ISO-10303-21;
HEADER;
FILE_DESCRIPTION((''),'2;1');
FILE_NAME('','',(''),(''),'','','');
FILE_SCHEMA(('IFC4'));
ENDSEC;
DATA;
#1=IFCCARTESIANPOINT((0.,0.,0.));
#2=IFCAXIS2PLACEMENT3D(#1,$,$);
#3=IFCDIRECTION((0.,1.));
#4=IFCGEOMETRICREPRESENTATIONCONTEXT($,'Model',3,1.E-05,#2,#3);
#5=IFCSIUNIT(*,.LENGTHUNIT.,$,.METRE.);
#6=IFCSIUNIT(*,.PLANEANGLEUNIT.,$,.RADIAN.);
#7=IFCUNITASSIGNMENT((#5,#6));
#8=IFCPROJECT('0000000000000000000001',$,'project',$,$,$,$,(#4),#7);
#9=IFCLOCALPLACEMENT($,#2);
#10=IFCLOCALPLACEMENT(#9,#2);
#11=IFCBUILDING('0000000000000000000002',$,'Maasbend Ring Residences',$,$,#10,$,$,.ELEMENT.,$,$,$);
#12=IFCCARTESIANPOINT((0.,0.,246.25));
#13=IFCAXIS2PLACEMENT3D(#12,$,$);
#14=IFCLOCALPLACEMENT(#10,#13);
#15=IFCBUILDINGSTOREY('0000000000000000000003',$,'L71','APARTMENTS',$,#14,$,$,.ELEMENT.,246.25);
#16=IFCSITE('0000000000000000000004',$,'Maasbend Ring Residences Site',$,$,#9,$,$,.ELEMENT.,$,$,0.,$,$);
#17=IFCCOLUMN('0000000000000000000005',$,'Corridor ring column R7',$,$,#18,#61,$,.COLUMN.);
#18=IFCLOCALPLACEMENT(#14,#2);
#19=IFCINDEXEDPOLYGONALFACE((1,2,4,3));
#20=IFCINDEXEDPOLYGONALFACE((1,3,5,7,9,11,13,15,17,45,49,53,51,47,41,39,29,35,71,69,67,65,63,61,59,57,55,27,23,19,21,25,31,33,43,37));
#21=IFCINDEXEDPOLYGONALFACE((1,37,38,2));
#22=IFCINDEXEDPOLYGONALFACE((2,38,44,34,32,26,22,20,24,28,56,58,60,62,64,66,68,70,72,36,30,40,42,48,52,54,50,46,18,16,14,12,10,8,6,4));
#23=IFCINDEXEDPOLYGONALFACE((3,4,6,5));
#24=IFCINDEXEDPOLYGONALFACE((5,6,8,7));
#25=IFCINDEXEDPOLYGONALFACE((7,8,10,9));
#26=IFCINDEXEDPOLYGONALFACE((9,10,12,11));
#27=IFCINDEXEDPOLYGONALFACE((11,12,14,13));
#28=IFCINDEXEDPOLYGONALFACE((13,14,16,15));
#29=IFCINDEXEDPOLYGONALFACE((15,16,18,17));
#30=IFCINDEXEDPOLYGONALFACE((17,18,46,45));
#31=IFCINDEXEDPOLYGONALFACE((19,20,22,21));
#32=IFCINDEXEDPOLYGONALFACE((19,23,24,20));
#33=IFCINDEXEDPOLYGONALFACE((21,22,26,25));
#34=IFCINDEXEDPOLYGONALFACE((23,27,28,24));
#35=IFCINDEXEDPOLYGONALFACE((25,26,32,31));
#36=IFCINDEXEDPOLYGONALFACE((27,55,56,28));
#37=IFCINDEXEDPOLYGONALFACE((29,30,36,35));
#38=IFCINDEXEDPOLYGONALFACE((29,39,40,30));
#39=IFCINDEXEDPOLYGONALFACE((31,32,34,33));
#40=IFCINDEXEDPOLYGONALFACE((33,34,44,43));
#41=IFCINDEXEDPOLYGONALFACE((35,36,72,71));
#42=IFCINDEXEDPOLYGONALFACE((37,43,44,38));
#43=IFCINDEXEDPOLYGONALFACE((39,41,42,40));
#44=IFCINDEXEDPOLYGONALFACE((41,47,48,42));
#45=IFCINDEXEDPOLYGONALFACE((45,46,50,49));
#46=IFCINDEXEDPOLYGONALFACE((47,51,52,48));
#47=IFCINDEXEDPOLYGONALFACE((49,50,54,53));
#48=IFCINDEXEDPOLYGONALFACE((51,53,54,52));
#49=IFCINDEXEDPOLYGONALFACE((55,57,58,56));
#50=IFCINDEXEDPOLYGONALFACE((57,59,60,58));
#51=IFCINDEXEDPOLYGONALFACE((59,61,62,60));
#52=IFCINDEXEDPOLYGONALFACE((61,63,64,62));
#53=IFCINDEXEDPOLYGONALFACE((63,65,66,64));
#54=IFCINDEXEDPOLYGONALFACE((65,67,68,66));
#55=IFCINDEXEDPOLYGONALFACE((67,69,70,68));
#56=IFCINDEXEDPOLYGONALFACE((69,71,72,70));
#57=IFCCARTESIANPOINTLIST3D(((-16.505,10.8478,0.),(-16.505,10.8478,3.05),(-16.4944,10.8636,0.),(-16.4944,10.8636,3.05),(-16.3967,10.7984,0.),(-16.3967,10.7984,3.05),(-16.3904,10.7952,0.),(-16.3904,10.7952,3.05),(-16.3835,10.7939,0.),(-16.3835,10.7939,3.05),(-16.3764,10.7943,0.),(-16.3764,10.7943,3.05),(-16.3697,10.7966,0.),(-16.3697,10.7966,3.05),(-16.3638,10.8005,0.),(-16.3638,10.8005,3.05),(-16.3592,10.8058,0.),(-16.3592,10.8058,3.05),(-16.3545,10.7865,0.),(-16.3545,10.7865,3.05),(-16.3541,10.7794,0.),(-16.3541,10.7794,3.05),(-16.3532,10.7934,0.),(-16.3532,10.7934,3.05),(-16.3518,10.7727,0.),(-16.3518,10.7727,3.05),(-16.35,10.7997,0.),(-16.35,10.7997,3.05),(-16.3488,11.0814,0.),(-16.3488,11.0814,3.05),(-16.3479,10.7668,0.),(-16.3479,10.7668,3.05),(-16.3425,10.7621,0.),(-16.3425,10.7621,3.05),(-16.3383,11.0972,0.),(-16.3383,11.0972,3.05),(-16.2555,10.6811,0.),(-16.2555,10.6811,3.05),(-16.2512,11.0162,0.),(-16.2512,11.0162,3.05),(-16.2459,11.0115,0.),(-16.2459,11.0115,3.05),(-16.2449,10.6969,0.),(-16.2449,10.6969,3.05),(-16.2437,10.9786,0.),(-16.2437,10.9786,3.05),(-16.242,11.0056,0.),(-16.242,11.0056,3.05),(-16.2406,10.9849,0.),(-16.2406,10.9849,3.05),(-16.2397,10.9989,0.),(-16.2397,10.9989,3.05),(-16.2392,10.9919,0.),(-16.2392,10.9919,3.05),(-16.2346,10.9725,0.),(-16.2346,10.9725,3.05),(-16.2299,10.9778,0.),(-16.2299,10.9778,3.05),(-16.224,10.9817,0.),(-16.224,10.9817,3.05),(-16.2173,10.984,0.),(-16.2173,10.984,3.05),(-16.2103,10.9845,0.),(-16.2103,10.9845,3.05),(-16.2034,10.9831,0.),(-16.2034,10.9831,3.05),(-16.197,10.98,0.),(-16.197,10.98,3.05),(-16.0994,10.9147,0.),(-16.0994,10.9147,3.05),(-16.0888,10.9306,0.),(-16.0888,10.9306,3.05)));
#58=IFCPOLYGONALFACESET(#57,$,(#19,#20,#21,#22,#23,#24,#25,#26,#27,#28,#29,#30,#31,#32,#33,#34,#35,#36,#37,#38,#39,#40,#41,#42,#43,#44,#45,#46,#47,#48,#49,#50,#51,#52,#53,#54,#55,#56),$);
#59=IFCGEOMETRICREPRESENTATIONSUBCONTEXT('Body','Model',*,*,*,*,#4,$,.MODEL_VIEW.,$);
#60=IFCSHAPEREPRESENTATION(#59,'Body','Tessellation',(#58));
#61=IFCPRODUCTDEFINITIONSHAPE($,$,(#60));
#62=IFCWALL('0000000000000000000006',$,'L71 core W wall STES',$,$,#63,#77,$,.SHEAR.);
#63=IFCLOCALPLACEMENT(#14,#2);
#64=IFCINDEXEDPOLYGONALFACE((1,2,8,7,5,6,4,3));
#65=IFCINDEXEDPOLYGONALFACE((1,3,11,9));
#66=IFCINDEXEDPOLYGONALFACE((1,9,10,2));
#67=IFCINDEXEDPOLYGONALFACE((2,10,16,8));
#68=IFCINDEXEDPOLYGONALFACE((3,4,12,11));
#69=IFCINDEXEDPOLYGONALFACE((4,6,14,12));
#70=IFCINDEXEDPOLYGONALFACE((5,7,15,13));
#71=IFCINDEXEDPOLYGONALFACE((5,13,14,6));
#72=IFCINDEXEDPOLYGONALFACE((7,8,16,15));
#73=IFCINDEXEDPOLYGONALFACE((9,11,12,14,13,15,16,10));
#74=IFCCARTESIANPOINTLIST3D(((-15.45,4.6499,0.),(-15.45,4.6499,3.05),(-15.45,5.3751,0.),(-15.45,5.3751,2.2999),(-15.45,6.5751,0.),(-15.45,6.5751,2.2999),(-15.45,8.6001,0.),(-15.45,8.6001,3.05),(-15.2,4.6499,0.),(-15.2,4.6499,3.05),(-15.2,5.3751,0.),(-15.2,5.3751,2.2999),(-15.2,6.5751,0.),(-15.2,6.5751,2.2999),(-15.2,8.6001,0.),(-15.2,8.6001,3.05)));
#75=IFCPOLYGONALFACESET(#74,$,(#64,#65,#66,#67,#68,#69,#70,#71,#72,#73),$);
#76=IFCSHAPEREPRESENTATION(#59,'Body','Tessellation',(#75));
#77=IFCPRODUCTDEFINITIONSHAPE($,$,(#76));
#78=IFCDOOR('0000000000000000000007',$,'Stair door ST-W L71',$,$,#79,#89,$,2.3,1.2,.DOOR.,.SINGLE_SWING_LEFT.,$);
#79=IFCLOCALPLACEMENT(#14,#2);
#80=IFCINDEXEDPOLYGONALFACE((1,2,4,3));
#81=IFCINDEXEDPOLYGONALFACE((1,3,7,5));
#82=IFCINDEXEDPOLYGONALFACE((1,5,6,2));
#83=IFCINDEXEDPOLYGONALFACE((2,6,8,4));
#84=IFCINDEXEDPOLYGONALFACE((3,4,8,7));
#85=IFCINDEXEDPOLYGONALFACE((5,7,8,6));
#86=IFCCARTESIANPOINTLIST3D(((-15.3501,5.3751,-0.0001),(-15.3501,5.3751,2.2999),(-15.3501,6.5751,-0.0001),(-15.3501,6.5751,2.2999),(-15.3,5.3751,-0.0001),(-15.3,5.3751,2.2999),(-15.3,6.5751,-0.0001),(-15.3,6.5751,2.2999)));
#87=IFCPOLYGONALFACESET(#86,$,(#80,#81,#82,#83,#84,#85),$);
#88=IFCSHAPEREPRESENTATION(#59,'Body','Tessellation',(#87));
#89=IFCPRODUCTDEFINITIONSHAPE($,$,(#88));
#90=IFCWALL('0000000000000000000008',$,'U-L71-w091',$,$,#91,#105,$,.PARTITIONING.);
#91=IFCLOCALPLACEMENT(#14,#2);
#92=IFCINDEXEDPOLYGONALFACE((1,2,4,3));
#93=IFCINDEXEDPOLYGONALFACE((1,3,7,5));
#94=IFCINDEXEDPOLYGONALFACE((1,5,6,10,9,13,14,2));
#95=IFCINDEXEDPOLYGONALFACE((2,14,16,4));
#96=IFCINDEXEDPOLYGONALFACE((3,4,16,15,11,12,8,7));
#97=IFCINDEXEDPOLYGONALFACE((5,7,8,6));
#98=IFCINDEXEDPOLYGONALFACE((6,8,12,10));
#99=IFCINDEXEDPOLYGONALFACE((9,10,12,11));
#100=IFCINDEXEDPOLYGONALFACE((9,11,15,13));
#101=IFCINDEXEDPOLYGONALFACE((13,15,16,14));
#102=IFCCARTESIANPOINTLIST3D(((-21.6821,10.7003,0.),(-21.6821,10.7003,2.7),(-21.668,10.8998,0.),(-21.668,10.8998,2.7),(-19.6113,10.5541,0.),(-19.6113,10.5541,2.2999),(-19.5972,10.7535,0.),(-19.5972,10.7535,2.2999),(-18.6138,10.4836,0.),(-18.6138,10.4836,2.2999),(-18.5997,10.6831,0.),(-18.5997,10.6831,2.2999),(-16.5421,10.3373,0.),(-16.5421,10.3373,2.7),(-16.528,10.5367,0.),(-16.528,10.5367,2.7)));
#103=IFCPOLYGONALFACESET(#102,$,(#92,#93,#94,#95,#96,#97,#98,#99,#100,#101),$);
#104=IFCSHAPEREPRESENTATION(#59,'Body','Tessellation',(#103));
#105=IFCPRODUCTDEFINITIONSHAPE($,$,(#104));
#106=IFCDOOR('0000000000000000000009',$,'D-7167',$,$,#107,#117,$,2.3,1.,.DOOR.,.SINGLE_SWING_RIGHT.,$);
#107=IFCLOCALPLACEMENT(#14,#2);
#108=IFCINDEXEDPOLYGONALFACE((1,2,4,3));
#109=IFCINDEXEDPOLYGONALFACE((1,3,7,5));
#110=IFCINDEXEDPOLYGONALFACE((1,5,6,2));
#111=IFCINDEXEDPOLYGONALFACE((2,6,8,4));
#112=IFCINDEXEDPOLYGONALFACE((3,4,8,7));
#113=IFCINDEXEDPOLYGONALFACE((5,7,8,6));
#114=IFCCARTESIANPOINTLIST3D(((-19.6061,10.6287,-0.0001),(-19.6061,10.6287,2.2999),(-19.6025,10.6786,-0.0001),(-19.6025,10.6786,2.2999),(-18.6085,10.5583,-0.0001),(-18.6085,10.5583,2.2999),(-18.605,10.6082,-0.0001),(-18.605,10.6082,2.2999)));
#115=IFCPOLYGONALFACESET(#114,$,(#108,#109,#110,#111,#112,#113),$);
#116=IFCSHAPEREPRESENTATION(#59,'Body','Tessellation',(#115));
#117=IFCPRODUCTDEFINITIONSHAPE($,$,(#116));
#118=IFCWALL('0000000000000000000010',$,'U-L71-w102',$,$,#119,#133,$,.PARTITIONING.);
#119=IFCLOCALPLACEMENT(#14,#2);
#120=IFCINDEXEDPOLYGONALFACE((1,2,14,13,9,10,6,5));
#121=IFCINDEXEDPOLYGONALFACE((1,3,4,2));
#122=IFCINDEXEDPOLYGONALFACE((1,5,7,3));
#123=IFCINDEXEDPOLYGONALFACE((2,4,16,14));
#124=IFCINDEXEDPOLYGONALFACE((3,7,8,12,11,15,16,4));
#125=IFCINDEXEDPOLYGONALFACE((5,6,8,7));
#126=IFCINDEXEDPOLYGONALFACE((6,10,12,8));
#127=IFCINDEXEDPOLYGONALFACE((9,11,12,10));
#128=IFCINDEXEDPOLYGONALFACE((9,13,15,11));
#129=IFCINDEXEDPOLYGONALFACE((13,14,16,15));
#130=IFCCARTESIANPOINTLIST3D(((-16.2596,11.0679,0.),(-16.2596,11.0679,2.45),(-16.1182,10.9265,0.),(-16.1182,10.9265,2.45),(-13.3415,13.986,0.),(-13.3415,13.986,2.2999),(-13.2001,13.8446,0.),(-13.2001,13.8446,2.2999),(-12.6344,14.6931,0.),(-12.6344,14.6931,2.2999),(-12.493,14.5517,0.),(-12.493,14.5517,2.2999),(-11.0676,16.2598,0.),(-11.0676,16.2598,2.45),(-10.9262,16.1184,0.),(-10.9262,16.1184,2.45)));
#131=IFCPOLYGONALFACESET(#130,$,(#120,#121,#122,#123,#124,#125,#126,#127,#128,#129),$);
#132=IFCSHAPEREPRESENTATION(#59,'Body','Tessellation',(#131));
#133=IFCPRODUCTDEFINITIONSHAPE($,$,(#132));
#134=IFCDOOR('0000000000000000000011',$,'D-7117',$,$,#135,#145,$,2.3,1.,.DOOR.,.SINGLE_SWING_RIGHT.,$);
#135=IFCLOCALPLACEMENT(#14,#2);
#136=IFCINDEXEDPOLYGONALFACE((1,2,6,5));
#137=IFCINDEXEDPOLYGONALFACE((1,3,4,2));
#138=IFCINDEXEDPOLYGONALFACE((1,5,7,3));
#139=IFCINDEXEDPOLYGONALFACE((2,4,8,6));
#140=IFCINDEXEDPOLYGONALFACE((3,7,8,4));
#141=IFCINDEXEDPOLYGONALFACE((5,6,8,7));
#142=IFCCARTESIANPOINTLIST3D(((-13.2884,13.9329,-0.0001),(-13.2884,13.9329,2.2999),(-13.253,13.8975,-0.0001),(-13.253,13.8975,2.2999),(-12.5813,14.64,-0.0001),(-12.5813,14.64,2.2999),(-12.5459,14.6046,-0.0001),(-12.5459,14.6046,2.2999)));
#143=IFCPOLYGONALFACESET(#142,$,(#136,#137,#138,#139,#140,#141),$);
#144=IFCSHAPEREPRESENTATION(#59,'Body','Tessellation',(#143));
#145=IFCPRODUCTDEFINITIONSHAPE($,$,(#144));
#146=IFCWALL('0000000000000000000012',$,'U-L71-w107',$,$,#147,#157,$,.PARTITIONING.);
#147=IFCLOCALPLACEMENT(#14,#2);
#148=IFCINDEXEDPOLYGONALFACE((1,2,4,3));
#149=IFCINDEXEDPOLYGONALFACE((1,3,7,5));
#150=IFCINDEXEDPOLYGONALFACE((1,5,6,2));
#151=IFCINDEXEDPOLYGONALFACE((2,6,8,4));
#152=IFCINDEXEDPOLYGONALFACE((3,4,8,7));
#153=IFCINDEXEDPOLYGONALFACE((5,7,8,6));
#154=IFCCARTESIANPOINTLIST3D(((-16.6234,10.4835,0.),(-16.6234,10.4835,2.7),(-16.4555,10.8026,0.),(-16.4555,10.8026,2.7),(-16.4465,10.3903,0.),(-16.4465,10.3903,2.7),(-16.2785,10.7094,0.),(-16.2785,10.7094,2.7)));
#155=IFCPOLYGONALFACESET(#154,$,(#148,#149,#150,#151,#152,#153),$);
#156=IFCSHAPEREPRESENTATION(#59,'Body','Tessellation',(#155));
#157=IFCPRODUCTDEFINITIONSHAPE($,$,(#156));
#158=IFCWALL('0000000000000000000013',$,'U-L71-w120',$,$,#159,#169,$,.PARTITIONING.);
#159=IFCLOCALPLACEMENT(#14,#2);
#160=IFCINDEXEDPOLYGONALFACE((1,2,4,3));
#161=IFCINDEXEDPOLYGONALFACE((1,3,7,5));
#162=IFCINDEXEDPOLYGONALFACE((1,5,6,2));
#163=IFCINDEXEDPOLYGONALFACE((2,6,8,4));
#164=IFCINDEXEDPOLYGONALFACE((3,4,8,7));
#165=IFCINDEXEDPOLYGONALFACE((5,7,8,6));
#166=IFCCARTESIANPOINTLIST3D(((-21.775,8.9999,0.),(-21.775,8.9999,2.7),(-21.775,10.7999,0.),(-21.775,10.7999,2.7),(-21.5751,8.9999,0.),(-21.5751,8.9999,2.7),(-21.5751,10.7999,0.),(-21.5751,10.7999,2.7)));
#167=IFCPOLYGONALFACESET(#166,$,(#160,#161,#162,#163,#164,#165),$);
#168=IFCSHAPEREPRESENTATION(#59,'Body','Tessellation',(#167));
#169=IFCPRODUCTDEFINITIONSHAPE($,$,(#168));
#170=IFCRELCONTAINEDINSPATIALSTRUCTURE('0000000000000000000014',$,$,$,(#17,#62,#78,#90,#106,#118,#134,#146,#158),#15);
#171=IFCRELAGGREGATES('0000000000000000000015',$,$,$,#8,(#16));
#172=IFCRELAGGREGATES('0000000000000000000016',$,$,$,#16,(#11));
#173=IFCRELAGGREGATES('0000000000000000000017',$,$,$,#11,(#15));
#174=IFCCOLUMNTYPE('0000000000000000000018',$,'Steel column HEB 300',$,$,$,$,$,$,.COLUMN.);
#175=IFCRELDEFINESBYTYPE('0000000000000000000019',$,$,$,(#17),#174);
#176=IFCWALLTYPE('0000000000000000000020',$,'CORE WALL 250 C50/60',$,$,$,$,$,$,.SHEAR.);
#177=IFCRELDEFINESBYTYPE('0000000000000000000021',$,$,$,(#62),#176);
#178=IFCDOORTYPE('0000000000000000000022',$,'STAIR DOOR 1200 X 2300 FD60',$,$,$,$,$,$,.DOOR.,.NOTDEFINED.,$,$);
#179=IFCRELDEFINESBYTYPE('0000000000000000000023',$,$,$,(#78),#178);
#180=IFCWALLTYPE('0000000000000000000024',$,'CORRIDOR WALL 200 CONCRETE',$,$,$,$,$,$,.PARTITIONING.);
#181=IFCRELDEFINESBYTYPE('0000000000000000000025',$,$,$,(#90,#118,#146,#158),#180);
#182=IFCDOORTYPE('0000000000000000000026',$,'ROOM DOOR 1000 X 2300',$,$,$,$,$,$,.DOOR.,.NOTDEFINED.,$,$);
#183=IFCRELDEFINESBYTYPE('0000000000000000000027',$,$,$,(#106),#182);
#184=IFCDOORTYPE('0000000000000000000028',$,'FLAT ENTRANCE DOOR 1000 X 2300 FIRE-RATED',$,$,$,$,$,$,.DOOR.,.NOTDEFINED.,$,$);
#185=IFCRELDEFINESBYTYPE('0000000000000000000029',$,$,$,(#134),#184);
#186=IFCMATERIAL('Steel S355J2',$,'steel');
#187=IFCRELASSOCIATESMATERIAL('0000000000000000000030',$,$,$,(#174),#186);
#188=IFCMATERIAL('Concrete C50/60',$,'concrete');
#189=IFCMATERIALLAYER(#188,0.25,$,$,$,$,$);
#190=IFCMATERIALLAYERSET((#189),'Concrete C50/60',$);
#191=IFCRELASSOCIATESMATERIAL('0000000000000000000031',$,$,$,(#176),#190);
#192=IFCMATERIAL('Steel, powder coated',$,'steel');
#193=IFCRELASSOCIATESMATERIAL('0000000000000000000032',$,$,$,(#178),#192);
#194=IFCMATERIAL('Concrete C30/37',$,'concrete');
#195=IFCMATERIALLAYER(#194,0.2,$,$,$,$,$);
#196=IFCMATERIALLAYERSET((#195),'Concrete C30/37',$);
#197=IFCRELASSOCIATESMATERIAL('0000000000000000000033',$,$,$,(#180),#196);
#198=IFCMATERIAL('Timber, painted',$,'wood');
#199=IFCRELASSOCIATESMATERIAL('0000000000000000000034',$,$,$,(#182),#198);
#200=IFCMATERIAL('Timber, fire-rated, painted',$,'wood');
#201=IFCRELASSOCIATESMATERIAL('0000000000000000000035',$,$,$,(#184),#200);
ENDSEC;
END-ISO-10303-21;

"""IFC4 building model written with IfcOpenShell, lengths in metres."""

from ifc_helpers import new_model, si_unit, direction, frame, frame_2d, origin, origin_2d, place, context, subcontext, project, spatial, rectangle, i_section, extrude, material, layer, layer_set, material_profile, profile_set, type_object, element, fill, save


model = new_model("IFC4")

# Units and contexts
model_context = context("Model", 3, precision=1e-05, world=origin(), true_north=direction((0.0, 1.0)))
body_context = subcontext(model_context, "Body", "Model", "MODEL_VIEW")
ifc_project = project(units=[si_unit("LENGTHUNIT", "METRE"), si_unit("PLANEANGLEUNIT", "RADIAN")], contexts=[model_context])

# Site, building, storey
site_placement = place(None, origin())
site = spatial("IfcSite", under=ifc_project, at=site_placement, Name="Maasbend Ring Residences Site", CompositionType="ELEMENT", RefElevation=0.0)
building_placement = place(site_placement, origin())
building = spatial("IfcBuilding", under=site, at=building_placement, Name="Maasbend Ring Residences", CompositionType="ELEMENT")
storey_placement = place(building_placement, frame((0.0, 0.0, 246.25)))
storey = spatial("IfcBuildingStorey", under=building, at=storey_placement, Name="L71", Description="APARTMENTS", CompositionType="ELEMENT", Elevation=246.25)

# Column
ifc_material_1 = material(Name="Steel S355J2", Category="steel")
ifc_material_profile = material_profile(ifc_material_1, i_section(OverallWidth=0.3, OverallDepth=0.3, WebThickness=0.011, FlangeThickness=0.019, FilletRadius=0.0271, at=origin_2d()), Name="HEB 300")
ifc_profile_set = profile_set([ifc_material_profile], Name="Steel S355J2")
column_type = type_object("IfcColumnType", Name="Steel column HEB 300", PredefinedType="COLUMN", material=ifc_profile_set)
column_placement = place(storey_placement, frame((-16.2969, 10.8892, 0.0), z_axis=(0.0, 0.0, 1.0), x_axis=(-0.83147, 0.55557, 0.0)))
element("IfcColumn", 1, at=column_placement, inside=storey, type_object=column_type, Name="Corridor ring column R7", PredefinedType="COLUMN", context=body_context, shape_type="SweptSolid", body=[
    extrude(i_section(OverallWidth=0.3, OverallDepth=0.3, WebThickness=0.011, FlangeThickness=0.019, FilletRadius=0.0271, at=origin_2d()), origin(), (0.0, 0.0, 1.0), 3.05),
])

# Walls, openings, doors
ifc_material_2 = material(Name="Concrete C50/60", Category="concrete")
ifc_layer_1 = layer(ifc_material_2, 0.25)
ifc_layer_set_1 = layer_set([ifc_layer_1], Name="Concrete C50/60")
wall_type_1 = type_object("IfcWallType", Name="CORE WALL 250 C50/60", PredefinedType="SHEAR", material=ifc_layer_set_1)
wall_1_placement = place(storey_placement, frame((-15.325, 8.6001, 0.0), z_axis=(0.0, 0.0, 1.0), x_axis=(0.0, -1.0, 0.0)))
wall_1 = element("IfcWall", 2, at=wall_1_placement, inside=storey, type_object=wall_type_1, Name="L71 core W wall STES", PredefinedType="SHEAR", context=body_context, shape_type="SweptSolid", body=[
    extrude(rectangle(XDim=3.9502, YDim=0.25, at=frame_2d((1.9751, 0.0))), origin(), (0.0, 0.0, 1.0), 3.05),
])
opening_1_placement = place(wall_1_placement, frame((2.0249, 0.0, 0.0)))
opening_1 = element("IfcOpeningElement", 3, at=opening_1_placement, cuts=wall_1, PredefinedType="OPENING", context=body_context, shape_type="SweptSolid", body=[
    extrude(rectangle(XDim=1.2, YDim=2.3, at=frame_2d((0.6001, 1.1499))), frame((0.0, 0.135, 0.0), z_axis=(0.0, -1.0, 0.0), x_axis=(1.0, 0.0, 0.0)), (0.0, 0.0, 1.0), 0.27),
])
ifc_material_3 = material(Name="Steel, powder coated", Category="steel")
door_type_1 = type_object("IfcDoorType", Name="STAIR DOOR 1200 X 2300 FD60", OperationType="NOTDEFINED", PredefinedType="DOOR", material=ifc_material_3)
door_1_placement = place(opening_1_placement, origin())
door_1 = element("IfcDoor", 4, at=door_1_placement, inside=storey, type_object=door_type_1, Name="Stair door ST-W L71", OperationType="SINGLE_SWING_LEFT", OverallHeight=2.3, OverallWidth=1.2, PredefinedType="DOOR", context=body_context, shape_type="SweptSolid", body=[
    extrude(rectangle(XDim=1.2, YDim=2.3, at=frame_2d((0.6001, 1.1499))), frame((0.0, 0.0249, 0.0), z_axis=(0.0, -1.0, 0.0), x_axis=(1.0, 0.0, 0.0)), (0.0, 0.0, 1.0), 0.05),
])
fill(opening_1, door_1)
ifc_material_4 = material(Name="Concrete C30/37", Category="concrete")
ifc_layer_2 = layer(ifc_material_4, 0.2)
ifc_layer_set_2 = layer_set([ifc_layer_2], Name="Concrete C30/37")
wall_type_2 = type_object("IfcWallType", Name="CORRIDOR WALL 200 CONCRETE", PredefinedType="PARTITIONING", material=ifc_layer_set_2)
wall_2_placement = place(storey_placement, frame((-21.675, 10.8, 0.0), z_axis=(0.0, 0.0, 1.0), x_axis=(0.997515, -0.070452, 0.0)))
wall_2 = element("IfcWall", 5, at=wall_2_placement, inside=storey, type_object=wall_type_2, Name="U-L71-w091", PredefinedType="PARTITIONING", context=body_context, shape_type="SweptSolid", body=[
    extrude(rectangle(XDim=5.1528, YDim=0.2, at=frame_2d((2.5764, 0.0))), origin(), (0.0, 0.0, 1.0), 2.7),
])
opening_2_placement = place(wall_2_placement, frame((2.0759, 0.0, 0.0)))
opening_2 = element("IfcOpeningElement", 6, at=opening_2_placement, cuts=wall_2, PredefinedType="OPENING", context=body_context, shape_type="SweptSolid", body=[
    extrude(rectangle(XDim=1.0, YDim=2.3, at=frame_2d((0.5, 1.1499))), frame((0.0, 0.1099, 0.0), z_axis=(0.0, -1.0, 0.0), x_axis=(1.0, 0.0, 0.0)), (0.0, 0.0, 1.0), 0.22),
])
ifc_material_5 = material(Name="Timber, painted", Category="wood")
door_type_2 = type_object("IfcDoorType", Name="ROOM DOOR 1000 X 2300", OperationType="NOTDEFINED", PredefinedType="DOOR", material=ifc_material_5)
door_2_placement = place(opening_2_placement, origin())
door_2 = element("IfcDoor", 7, at=door_2_placement, inside=storey, type_object=door_type_2, Name="D-7167", OperationType="SINGLE_SWING_RIGHT", OverallHeight=2.3, OverallWidth=1.0, PredefinedType="DOOR", context=body_context, shape_type="SweptSolid", body=[
    extrude(rectangle(XDim=1.0, YDim=2.3, at=frame_2d((0.5, 1.1499))), frame((0.0, 0.0249, 0.0), z_axis=(0.0, -1.0, 0.0), x_axis=(1.0, 0.0, 0.0)), (0.0, 0.0, 1.0), 0.05),
])
fill(opening_2, door_2)
wall_3_placement = place(storey_placement, frame((-16.189, 10.9971, 0.0), z_axis=(0.0, 0.0, 1.0), x_axis=(0.707107, 0.707107, 0.0)))
wall_3 = element("IfcWall", 8, at=wall_3_placement, inside=storey, type_object=wall_type_2, Name="U-L71-w102", PredefinedType="PARTITIONING", context=body_context, shape_type="SweptSolid", body=[
    extrude(rectangle(XDim=7.3425, YDim=0.2, at=frame_2d((3.6714, 0.0))), origin(), (0.0, 0.0, 1.0), 2.45),
])
opening_3_placement = place(wall_3_placement, frame((4.127, 0.0, 0.0)))
opening_3 = element("IfcOpeningElement", 9, at=opening_3_placement, cuts=wall_3, PredefinedType="OPENING", context=body_context, shape_type="SweptSolid", body=[
    extrude(rectangle(XDim=1.0, YDim=2.3, at=frame_2d((0.5, 1.1499))), frame((0.0, 0.1099, 0.0), z_axis=(0.0, -1.0, 0.0), x_axis=(1.0, 0.0, 0.0)), (0.0, 0.0, 1.0), 0.22),
])
ifc_material_6 = material(Name="Timber, fire-rated, painted", Category="wood")
door_type_3 = type_object("IfcDoorType", Name="FLAT ENTRANCE DOOR 1000 X 2300 FIRE-RATED", OperationType="NOTDEFINED", PredefinedType="DOOR", material=ifc_material_6)
door_3_placement = place(opening_3_placement, origin())
door_3 = element("IfcDoor", 10, at=door_3_placement, inside=storey, type_object=door_type_3, Name="D-7117", OperationType="SINGLE_SWING_RIGHT", OverallHeight=2.3, OverallWidth=1.0, PredefinedType="DOOR", context=body_context, shape_type="SweptSolid", body=[
    extrude(rectangle(XDim=1.0, YDim=2.3, at=frame_2d((0.5, 1.1499))), frame((0.0, 0.0249, 0.0), z_axis=(0.0, -1.0, 0.0), x_axis=(1.0, 0.0, 0.0)), (0.0, 0.0, 1.0), 0.05),
])
fill(opening_3, door_3)

# Walls
wall_4_placement = place(storey_placement, frame((-16.5349, 10.437, 0.0), z_axis=(0.0, 0.0, 1.0), x_axis=(0.465802, 0.884889, 0.0)))
element("IfcWall", 11, at=wall_4_placement, inside=storey, type_object=wall_type_2, Name="U-L71-w107", PredefinedType="PARTITIONING", context=body_context, shape_type="SweptSolid", body=[
    extrude(rectangle(XDim=0.3606, YDim=0.2, at=frame_2d((0.1802, 0.0))), origin(), (0.0, 0.0, 1.0), 2.7),
])
wall_5_placement = place(storey_placement, frame((-21.675, 9.0, 0.0), z_axis=(0.0, 0.0, 1.0), x_axis=(0.0, 1.0, 0.0)))
element("IfcWall", 12, at=wall_5_placement, inside=storey, type_object=wall_type_2, Name="U-L71-w120", PredefinedType="PARTITIONING", context=body_context, shape_type="SweptSolid", body=[
    extrude(rectangle(XDim=1.8, YDim=0.2, at=frame_2d((0.8999, 0.0))), origin(), (0.0, 0.0, 1.0), 2.7),
])

save(model, "model.ifc")
